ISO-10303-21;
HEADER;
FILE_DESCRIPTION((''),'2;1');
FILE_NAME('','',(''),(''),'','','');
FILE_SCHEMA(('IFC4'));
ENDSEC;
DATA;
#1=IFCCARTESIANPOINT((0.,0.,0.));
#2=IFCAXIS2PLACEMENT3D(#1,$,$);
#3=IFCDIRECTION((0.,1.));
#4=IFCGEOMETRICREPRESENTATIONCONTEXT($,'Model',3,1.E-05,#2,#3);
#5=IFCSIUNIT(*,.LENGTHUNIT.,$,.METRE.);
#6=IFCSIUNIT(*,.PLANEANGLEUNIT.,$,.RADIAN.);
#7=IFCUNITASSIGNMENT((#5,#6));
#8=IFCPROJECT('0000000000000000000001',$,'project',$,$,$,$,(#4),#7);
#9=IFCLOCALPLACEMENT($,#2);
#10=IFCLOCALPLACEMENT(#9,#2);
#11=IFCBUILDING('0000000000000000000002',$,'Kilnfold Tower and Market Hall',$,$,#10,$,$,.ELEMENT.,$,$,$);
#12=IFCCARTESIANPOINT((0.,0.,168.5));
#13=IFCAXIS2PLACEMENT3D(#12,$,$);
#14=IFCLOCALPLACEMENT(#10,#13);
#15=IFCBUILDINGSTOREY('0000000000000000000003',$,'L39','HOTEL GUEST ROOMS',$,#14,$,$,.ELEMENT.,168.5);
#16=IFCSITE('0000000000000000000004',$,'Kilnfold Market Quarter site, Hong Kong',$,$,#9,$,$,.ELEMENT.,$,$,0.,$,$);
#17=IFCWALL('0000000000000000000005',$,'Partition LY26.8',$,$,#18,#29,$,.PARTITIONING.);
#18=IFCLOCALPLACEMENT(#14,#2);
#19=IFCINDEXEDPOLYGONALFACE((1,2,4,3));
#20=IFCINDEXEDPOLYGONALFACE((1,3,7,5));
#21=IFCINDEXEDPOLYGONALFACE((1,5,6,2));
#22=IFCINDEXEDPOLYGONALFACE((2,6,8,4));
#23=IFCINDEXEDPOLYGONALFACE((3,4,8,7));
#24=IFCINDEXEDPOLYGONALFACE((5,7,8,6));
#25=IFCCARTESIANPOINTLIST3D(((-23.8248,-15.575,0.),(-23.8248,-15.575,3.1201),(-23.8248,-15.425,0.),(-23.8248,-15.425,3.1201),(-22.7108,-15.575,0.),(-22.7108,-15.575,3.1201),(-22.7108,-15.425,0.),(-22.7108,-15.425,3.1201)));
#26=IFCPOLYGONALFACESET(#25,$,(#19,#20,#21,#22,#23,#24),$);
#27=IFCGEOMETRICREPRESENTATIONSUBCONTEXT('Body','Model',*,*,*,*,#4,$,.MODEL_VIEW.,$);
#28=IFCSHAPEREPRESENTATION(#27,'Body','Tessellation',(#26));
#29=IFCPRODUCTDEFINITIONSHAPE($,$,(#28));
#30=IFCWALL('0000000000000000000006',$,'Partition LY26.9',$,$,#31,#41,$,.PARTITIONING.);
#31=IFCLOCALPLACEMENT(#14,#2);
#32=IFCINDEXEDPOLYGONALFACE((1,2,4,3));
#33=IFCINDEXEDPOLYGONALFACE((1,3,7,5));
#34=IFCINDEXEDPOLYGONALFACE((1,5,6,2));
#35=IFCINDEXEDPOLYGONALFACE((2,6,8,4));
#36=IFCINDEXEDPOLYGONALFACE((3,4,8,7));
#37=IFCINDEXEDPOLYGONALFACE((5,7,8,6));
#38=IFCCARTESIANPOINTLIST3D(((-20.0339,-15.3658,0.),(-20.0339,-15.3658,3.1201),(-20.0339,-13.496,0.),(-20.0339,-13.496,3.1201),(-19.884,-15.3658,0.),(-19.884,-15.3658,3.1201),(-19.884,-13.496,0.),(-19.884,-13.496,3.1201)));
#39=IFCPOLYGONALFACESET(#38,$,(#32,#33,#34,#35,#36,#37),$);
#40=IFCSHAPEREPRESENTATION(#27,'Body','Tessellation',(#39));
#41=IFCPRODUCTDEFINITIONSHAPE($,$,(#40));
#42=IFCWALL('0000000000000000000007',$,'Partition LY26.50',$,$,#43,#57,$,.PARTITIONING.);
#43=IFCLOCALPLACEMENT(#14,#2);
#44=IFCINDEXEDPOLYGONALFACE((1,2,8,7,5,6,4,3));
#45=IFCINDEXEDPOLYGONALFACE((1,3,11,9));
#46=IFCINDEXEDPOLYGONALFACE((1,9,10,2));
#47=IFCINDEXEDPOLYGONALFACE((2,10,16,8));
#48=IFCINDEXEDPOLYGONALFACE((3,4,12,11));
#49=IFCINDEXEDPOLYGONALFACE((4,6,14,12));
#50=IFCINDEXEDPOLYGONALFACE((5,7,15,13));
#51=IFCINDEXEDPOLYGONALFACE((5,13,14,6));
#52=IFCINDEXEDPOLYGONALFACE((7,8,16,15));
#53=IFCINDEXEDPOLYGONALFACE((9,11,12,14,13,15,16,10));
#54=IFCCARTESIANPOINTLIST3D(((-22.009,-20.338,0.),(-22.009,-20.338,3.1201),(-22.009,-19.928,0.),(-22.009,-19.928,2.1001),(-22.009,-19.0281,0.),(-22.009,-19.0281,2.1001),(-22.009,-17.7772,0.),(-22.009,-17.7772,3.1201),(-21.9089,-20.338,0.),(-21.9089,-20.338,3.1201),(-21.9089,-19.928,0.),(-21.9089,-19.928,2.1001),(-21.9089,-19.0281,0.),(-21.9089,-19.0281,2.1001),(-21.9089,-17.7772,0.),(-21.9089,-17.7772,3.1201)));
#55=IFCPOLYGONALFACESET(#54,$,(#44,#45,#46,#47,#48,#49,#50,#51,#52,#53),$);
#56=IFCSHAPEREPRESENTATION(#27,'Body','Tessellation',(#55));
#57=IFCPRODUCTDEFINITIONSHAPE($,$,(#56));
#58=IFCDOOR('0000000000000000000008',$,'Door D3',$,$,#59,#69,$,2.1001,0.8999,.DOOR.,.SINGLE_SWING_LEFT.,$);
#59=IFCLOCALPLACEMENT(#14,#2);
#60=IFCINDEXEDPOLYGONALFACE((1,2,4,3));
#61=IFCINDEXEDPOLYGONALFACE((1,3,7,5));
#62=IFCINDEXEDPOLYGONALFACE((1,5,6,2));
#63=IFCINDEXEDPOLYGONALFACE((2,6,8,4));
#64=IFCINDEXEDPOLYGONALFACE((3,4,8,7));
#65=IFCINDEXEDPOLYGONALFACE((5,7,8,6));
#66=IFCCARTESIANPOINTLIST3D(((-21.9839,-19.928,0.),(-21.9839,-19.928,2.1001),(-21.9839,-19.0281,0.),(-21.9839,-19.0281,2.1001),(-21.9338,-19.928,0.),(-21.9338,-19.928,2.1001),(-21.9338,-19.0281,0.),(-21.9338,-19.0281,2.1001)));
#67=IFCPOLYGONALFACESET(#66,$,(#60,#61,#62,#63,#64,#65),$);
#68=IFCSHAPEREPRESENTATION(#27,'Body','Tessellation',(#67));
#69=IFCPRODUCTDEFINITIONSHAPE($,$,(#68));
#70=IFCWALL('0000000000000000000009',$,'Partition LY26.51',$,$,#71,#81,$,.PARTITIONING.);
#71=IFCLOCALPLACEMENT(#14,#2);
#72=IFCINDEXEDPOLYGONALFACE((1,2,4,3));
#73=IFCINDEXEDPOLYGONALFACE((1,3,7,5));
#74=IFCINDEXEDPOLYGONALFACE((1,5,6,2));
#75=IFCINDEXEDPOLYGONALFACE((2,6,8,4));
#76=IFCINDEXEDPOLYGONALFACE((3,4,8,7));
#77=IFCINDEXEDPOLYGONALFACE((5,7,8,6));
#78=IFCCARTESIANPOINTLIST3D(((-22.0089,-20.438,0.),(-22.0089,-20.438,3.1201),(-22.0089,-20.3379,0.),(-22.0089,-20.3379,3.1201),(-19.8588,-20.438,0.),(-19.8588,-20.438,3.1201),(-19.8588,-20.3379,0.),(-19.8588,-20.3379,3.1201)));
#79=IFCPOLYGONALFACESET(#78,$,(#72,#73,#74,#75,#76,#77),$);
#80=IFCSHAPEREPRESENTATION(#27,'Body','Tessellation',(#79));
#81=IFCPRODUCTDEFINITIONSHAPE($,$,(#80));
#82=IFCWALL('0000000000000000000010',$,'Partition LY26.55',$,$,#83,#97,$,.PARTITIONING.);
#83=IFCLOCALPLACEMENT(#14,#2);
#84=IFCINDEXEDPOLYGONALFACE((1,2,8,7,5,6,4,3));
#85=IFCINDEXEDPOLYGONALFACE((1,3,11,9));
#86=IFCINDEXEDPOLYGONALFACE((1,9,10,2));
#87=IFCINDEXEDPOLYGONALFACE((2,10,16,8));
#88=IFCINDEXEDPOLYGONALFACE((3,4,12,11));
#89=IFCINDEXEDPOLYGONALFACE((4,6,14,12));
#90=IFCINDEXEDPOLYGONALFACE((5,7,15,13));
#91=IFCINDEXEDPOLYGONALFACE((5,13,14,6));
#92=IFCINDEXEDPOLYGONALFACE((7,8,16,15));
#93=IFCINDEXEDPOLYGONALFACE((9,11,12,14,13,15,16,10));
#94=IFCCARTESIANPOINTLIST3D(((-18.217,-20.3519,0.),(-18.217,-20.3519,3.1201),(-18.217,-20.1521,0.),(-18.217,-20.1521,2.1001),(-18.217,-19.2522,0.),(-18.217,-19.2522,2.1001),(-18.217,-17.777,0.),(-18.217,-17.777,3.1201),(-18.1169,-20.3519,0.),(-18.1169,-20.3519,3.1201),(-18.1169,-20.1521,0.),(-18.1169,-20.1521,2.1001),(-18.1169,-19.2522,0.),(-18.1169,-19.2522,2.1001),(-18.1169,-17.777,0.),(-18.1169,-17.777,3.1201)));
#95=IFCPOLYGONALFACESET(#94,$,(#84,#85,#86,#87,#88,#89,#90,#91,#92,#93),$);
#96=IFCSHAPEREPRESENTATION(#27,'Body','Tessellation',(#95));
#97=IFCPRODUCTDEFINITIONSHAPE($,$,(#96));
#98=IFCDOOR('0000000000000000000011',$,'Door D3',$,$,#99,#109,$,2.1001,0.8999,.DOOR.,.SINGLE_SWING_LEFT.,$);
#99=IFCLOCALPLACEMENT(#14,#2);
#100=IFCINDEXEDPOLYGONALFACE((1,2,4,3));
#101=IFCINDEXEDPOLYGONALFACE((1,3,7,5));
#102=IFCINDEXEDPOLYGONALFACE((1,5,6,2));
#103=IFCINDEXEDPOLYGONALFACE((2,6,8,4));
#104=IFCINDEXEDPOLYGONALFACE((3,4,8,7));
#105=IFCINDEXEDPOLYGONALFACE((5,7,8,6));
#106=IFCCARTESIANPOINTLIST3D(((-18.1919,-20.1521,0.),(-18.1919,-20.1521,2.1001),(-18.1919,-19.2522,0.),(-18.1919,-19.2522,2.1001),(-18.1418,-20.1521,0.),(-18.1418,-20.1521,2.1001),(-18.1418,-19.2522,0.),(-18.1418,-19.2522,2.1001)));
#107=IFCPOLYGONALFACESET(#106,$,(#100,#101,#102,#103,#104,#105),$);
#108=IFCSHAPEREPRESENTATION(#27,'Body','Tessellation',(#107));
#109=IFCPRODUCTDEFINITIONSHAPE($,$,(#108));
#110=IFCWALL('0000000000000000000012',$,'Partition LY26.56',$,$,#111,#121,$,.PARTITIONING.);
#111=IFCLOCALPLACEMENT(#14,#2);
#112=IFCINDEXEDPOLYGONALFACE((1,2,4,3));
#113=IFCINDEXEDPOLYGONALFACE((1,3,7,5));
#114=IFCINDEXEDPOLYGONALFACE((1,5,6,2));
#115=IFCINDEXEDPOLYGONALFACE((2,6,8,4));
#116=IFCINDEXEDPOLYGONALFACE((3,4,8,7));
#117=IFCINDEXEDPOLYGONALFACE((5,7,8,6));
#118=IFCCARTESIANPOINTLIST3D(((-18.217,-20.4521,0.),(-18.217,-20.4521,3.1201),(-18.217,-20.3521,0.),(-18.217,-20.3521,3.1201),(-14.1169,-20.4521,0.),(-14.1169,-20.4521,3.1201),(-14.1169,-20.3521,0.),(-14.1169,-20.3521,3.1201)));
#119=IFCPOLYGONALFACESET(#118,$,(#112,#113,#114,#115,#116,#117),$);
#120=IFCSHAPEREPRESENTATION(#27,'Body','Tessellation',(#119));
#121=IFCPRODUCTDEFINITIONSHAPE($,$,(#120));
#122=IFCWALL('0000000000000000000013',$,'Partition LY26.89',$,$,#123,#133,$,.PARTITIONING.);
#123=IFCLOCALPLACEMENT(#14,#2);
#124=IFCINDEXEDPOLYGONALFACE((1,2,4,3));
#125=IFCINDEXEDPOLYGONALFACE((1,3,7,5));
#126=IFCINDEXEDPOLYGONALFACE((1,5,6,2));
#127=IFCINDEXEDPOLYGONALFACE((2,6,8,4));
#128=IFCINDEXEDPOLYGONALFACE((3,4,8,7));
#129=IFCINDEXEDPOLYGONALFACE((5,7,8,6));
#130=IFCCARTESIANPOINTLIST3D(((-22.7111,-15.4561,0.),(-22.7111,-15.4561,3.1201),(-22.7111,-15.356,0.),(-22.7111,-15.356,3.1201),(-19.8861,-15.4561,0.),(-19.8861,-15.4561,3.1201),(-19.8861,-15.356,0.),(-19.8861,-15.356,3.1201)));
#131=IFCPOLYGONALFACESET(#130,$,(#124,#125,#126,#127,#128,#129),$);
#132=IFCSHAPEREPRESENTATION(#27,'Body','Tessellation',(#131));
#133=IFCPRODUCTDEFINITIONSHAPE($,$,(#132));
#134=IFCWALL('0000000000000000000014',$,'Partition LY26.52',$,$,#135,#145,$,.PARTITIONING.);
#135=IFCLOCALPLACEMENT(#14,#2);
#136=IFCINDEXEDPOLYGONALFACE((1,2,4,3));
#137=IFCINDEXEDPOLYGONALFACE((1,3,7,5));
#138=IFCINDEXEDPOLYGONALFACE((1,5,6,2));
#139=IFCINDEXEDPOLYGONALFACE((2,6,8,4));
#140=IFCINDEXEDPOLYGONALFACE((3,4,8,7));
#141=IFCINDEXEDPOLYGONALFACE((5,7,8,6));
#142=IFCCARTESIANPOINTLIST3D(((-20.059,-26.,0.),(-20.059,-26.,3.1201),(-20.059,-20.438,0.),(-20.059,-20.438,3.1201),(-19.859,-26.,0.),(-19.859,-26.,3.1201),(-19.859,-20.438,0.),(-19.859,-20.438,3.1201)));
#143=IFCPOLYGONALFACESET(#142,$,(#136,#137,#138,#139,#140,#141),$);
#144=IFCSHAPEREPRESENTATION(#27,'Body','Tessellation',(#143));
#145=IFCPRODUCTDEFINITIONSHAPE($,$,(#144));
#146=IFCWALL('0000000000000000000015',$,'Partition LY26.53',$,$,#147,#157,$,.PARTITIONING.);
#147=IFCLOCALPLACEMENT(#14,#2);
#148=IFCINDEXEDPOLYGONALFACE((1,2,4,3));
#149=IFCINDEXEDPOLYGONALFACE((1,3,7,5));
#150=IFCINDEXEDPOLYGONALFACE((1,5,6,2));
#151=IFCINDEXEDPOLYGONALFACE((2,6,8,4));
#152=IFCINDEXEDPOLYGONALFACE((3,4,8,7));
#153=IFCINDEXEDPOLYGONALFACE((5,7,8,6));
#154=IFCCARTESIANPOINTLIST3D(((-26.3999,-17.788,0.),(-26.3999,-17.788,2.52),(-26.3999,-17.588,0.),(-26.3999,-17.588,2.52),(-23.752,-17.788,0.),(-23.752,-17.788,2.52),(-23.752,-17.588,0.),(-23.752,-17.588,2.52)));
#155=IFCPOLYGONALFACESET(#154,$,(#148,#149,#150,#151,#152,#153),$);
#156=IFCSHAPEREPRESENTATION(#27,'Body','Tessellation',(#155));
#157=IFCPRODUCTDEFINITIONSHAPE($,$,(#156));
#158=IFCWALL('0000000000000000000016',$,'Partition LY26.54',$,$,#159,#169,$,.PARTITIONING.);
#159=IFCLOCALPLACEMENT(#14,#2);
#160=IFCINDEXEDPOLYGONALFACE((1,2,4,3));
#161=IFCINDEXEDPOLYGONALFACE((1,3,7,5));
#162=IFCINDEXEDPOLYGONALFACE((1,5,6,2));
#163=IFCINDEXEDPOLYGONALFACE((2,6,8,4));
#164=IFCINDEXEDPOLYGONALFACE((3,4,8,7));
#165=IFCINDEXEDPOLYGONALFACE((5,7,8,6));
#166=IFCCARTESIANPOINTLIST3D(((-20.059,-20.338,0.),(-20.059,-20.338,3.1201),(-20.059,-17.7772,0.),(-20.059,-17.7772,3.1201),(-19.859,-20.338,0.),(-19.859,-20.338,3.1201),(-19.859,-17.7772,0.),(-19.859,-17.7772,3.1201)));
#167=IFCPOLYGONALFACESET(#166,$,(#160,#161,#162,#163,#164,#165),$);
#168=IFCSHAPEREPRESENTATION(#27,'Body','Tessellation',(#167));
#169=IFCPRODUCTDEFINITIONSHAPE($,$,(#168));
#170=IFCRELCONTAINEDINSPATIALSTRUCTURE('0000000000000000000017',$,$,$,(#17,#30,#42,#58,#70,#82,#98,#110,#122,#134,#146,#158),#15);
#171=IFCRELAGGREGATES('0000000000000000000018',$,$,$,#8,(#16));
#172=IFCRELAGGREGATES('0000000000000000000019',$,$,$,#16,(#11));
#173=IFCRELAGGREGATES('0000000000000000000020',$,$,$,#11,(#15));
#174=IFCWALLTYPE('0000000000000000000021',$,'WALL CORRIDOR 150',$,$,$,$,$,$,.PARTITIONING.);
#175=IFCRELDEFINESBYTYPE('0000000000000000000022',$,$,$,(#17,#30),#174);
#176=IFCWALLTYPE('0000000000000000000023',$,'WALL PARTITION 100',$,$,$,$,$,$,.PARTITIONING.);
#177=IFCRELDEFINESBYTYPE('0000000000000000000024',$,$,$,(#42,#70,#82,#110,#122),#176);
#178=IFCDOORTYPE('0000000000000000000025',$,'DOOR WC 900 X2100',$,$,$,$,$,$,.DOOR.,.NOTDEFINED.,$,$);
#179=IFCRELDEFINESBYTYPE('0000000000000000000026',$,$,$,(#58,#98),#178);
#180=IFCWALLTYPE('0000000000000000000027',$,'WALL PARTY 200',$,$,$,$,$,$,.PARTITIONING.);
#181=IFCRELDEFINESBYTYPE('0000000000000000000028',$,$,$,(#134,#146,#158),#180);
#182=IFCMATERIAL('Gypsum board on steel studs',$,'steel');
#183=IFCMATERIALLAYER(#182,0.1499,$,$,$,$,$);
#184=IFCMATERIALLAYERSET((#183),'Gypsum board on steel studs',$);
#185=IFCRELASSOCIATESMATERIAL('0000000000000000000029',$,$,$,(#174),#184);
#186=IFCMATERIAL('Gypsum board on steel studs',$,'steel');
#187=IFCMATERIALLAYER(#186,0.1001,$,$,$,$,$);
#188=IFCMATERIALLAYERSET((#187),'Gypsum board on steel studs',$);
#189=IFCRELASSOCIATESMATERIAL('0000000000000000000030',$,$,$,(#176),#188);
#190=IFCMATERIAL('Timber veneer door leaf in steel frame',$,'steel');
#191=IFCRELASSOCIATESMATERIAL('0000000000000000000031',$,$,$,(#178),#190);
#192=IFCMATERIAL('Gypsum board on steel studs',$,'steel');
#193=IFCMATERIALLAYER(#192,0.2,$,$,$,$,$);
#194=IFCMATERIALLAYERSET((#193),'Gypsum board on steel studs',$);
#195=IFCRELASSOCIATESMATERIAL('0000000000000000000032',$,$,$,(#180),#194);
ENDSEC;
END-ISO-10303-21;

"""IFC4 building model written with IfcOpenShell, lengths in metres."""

from ifc_helpers import new_model, si_unit, direction, frame, frame_2d, origin, place, context, subcontext, project, spatial, rectangle, extrude, material, layer, layer_set, type_object, element, fill, save


model = new_model("IFC4")

# Units and contexts
model_context = context("Model", 3, precision=1e-05, world=origin(), true_north=direction((0.0, 1.0)))
body_context = subcontext(model_context, "Body", "Model", "MODEL_VIEW")
ifc_project = project(units=[si_unit("LENGTHUNIT", "METRE"), si_unit("PLANEANGLEUNIT", "RADIAN")], contexts=[model_context])

# Site, building, storey
site_placement = place(None, origin())
site = spatial("IfcSite", under=ifc_project, at=site_placement, Name="Kilnfold Market Quarter site, Hong Kong", CompositionType="ELEMENT", RefElevation=0.0)
building_placement = place(site_placement, origin())
building = spatial("IfcBuilding", under=site, at=building_placement, Name="Kilnfold Tower and Market Hall", CompositionType="ELEMENT")
storey_placement = place(building_placement, frame((0.0, 0.0, 168.5)))
storey = spatial("IfcBuildingStorey", under=building, at=storey_placement, Name="L39", Description="HOTEL GUEST ROOMS", CompositionType="ELEMENT", Elevation=168.5)

# Shared definitions
ifc_material_1 = material(Name="Gypsum board on steel studs", Category="steel")
ifc_layer_1 = layer(ifc_material_1, 0.1499)
ifc_layer_set_1 = layer_set([ifc_layer_1], Name="Gypsum board on steel studs")
wall_type_1 = type_object("IfcWallType", Name="WALL CORRIDOR 150", PredefinedType="PARTITIONING", material=ifc_layer_set_1)

# Walls
wall_1_placement = place(storey_placement, frame((-23.825, -15.5, 0.0), z_axis=(0.0, 0.0, 1.0), x_axis=(1.0, 0.0, 0.0)))
element("IfcWall", 1, at=wall_1_placement, inside=storey, type_object=wall_type_1, Name="Partition LY26.8", PredefinedType="PARTITIONING", context=body_context, shape_type="SweptSolid", body=[
    extrude(rectangle(XDim=1.114, YDim=0.1499, at=frame_2d((0.5571, 0.0))), origin(), (0.0, 0.0, 1.0), 3.1201),
])
wall_2_placement = place(storey_placement, frame((-19.959, -15.366, 0.0), z_axis=(0.0, 0.0, 1.0), x_axis=(0.0, 1.0, 0.0)))
element("IfcWall", 2, at=wall_2_placement, inside=storey, type_object=wall_type_1, Name="Partition LY26.9", PredefinedType="PARTITIONING", context=body_context, shape_type="SweptSolid", body=[
    extrude(rectangle(XDim=1.8699, YDim=0.1499, at=frame_2d((0.9351, 0.0))), origin(), (0.0, 0.0, 1.0), 3.1201),
])

# Wall, opening, door
ifc_material_2 = material(Name="Gypsum board on steel studs", Category="steel")
ifc_layer_2 = layer(ifc_material_2, 0.1001)
ifc_layer_set_2 = layer_set([ifc_layer_2], Name="Gypsum board on steel studs")
wall_type_2 = type_object("IfcWallType", Name="WALL PARTITION 100", PredefinedType="PARTITIONING", material=ifc_layer_set_2)
wall_3_placement = place(storey_placement, frame((-21.959, -20.3379, 0.0), z_axis=(0.0, 0.0, 1.0), x_axis=(0.0, 1.0, 0.0)))
wall_3 = element("IfcWall", 3, at=wall_3_placement, inside=storey, type_object=wall_type_2, Name="Partition LY26.50", PredefinedType="PARTITIONING", context=body_context, shape_type="SweptSolid", body=[
    extrude(rectangle(XDim=2.5608, YDim=0.1001, at=frame_2d((1.2803, 0.0))), origin(), (0.0, 0.0, 1.0), 3.1201),
])
opening_1_placement = place(wall_3_placement, frame((0.4099, 0.0, 0.0)))
opening_1 = element("IfcOpeningElement", 4, at=opening_1_placement, cuts=wall_3, PredefinedType="OPENING", context=body_context, shape_type="SweptSolid", body=[
    extrude(rectangle(XDim=0.8999, YDim=2.1001, at=frame_2d((0.45, 1.05))), frame((0.0, 0.0601, 0.0), z_axis=(0.0, -1.0, 0.0), x_axis=(1.0, 0.0, 0.0)), (0.0, 0.0, 1.0), 0.1201),
])
ifc_material_3 = material(Name="Timber veneer door leaf in steel frame", Category="steel")
door_type_1 = type_object("IfcDoorType", Name="DOOR WC 900 X2100", OperationType="NOTDEFINED", PredefinedType="DOOR", material=ifc_material_3)
door_1_placement = place(opening_1_placement, origin())
door_1 = element("IfcDoor", 5, at=door_1_placement, inside=storey, type_object=door_type_1, Name="Door D3", OperationType="SINGLE_SWING_LEFT", OverallHeight=2.1001, OverallWidth=0.8999, PredefinedType="DOOR", context=body_context, shape_type="SweptSolid", body=[
    extrude(rectangle(XDim=0.8999, YDim=2.1001, at=frame_2d((0.45, 1.05))), frame((0.0, 0.0249, 0.0), z_axis=(0.0, -1.0, 0.0), x_axis=(1.0, 0.0, 0.0)), (0.0, 0.0, 1.0), 0.05),
])
fill(opening_1, door_1)

# Wall
wall_4_placement = place(storey_placement, frame((-22.009, -20.3879, 0.0), z_axis=(0.0, 0.0, 1.0), x_axis=(1.0, 0.0, 0.0)))
element("IfcWall", 6, at=wall_4_placement, inside=storey, type_object=wall_type_2, Name="Partition LY26.51", PredefinedType="PARTITIONING", context=body_context, shape_type="SweptSolid", body=[
    extrude(rectangle(XDim=2.1501, YDim=0.1001, at=frame_2d((1.0752, 0.0))), origin(), (0.0, 0.0, 1.0), 3.1201),
])

# Wall, opening, door
wall_5_placement = place(storey_placement, frame((-18.167, -20.3521, 0.0), z_axis=(0.0, 0.0, 1.0), x_axis=(0.0, 1.0, 0.0)))
wall_5 = element("IfcWall", 7, at=wall_5_placement, inside=storey, type_object=wall_type_2, Name="Partition LY26.55", PredefinedType="PARTITIONING", context=body_context, shape_type="SweptSolid", body=[
    extrude(rectangle(XDim=2.575, YDim=0.1001, at=frame_2d((1.2876, 0.0))), origin(), (0.0, 0.0, 1.0), 3.1201),
])
opening_2_placement = place(wall_5_placement, frame((0.2, 0.0, 0.0)))
opening_2 = element("IfcOpeningElement", 8, at=opening_2_placement, cuts=wall_5, PredefinedType="OPENING", context=body_context, shape_type="SweptSolid", body=[
    extrude(rectangle(XDim=0.8999, YDim=2.1001, at=frame_2d((0.45, 1.05))), frame((0.0, 0.0601, 0.0), z_axis=(0.0, -1.0, 0.0), x_axis=(1.0, 0.0, 0.0)), (0.0, 0.0, 1.0), 0.1201),
])
door_2_placement = place(opening_2_placement, origin())
door_2 = element("IfcDoor", 9, at=door_2_placement, inside=storey, type_object=door_type_1, Name="Door D3", OperationType="SINGLE_SWING_LEFT", OverallHeight=2.1001, OverallWidth=0.8999, PredefinedType="DOOR", context=body_context, shape_type="SweptSolid", body=[
    extrude(rectangle(XDim=0.8999, YDim=2.1001, at=frame_2d((0.45, 1.05))), frame((0.0, 0.0249, 0.0), z_axis=(0.0, -1.0, 0.0), x_axis=(1.0, 0.0, 0.0)), (0.0, 0.0, 1.0), 0.05),
])
fill(opening_2, door_2)

# Walls
wall_6_placement = place(storey_placement, frame((-18.217, -20.4021, 0.0), z_axis=(0.0, 0.0, 1.0), x_axis=(1.0, 0.0, 0.0)))
element("IfcWall", 10, at=wall_6_placement, inside=storey, type_object=wall_type_2, Name="Partition LY26.56", PredefinedType="PARTITIONING", context=body_context, shape_type="SweptSolid", body=[
    extrude(rectangle(XDim=4.1001, YDim=0.1001, at=frame_2d((2.05, 0.0))), origin(), (0.0, 0.0, 1.0), 3.1201),
])
wall_7_placement = place(storey_placement, frame((-19.886, -15.406, 0.0), z_axis=(0.0, 0.0, 1.0), x_axis=(-1.0, 0.0, 0.0)))
element("IfcWall", 11, at=wall_7_placement, inside=storey, type_object=wall_type_2, Name="Partition LY26.89", PredefinedType="PARTITIONING", context=body_context, shape_type="SweptSolid", body=[
    extrude(rectangle(XDim=2.825, YDim=0.1001, at=frame_2d((1.4126, 0.0))), origin(), (0.0, 0.0, 1.0), 3.1201),
])
ifc_material_4 = material(Name="Gypsum board on steel studs", Category="steel")
ifc_layer_3 = layer(ifc_material_4, 0.2)
ifc_layer_set_3 = layer_set([ifc_layer_3], Name="Gypsum board on steel studs")
wall_type_3 = type_object("IfcWallType", Name="WALL PARTY 200", PredefinedType="PARTITIONING", material=ifc_layer_set_3)
wall_8_placement = place(storey_placement, frame((-19.959, -26.0, 0.0), z_axis=(0.0, 0.0, 1.0), x_axis=(0.0, 1.0, 0.0)))
element("IfcWall", 12, at=wall_8_placement, inside=storey, type_object=wall_type_3, Name="Partition LY26.52", PredefinedType="PARTITIONING", context=body_context, shape_type="SweptSolid", body=[
    extrude(rectangle(XDim=5.562, YDim=0.2, at=frame_2d((2.781, 0.0))), origin(), (0.0, 0.0, 1.0), 3.1201),
])
wall_9_placement = place(storey_placement, frame((-26.3999, -17.688, 0.0), z_axis=(0.0, 0.0, 1.0), x_axis=(1.0, 0.0, 0.0)))
element("IfcWall", 13, at=wall_9_placement, inside=storey, type_object=wall_type_3, Name="Partition LY26.53", PredefinedType="PARTITIONING", context=body_context, shape_type="SweptSolid", body=[
    extrude(rectangle(XDim=2.6479, YDim=0.2, at=frame_2d((1.324, 0.0))), origin(), (0.0, 0.0, 1.0), 2.52),
])
wall_10_placement = place(storey_placement, frame((-19.959, -20.3379, 0.0), z_axis=(0.0, 0.0, 1.0), x_axis=(0.0, 1.0, 0.0)))
element("IfcWall", 14, at=wall_10_placement, inside=storey, type_object=wall_type_3, Name="Partition LY26.54", PredefinedType="PARTITIONING", context=body_context, shape_type="SweptSolid", body=[
    extrude(rectangle(XDim=2.5608, YDim=0.2, at=frame_2d((1.2803, 0.0))), origin(), (0.0, 0.0, 1.0), 3.1201),
])

save(model, "model.ifc")
